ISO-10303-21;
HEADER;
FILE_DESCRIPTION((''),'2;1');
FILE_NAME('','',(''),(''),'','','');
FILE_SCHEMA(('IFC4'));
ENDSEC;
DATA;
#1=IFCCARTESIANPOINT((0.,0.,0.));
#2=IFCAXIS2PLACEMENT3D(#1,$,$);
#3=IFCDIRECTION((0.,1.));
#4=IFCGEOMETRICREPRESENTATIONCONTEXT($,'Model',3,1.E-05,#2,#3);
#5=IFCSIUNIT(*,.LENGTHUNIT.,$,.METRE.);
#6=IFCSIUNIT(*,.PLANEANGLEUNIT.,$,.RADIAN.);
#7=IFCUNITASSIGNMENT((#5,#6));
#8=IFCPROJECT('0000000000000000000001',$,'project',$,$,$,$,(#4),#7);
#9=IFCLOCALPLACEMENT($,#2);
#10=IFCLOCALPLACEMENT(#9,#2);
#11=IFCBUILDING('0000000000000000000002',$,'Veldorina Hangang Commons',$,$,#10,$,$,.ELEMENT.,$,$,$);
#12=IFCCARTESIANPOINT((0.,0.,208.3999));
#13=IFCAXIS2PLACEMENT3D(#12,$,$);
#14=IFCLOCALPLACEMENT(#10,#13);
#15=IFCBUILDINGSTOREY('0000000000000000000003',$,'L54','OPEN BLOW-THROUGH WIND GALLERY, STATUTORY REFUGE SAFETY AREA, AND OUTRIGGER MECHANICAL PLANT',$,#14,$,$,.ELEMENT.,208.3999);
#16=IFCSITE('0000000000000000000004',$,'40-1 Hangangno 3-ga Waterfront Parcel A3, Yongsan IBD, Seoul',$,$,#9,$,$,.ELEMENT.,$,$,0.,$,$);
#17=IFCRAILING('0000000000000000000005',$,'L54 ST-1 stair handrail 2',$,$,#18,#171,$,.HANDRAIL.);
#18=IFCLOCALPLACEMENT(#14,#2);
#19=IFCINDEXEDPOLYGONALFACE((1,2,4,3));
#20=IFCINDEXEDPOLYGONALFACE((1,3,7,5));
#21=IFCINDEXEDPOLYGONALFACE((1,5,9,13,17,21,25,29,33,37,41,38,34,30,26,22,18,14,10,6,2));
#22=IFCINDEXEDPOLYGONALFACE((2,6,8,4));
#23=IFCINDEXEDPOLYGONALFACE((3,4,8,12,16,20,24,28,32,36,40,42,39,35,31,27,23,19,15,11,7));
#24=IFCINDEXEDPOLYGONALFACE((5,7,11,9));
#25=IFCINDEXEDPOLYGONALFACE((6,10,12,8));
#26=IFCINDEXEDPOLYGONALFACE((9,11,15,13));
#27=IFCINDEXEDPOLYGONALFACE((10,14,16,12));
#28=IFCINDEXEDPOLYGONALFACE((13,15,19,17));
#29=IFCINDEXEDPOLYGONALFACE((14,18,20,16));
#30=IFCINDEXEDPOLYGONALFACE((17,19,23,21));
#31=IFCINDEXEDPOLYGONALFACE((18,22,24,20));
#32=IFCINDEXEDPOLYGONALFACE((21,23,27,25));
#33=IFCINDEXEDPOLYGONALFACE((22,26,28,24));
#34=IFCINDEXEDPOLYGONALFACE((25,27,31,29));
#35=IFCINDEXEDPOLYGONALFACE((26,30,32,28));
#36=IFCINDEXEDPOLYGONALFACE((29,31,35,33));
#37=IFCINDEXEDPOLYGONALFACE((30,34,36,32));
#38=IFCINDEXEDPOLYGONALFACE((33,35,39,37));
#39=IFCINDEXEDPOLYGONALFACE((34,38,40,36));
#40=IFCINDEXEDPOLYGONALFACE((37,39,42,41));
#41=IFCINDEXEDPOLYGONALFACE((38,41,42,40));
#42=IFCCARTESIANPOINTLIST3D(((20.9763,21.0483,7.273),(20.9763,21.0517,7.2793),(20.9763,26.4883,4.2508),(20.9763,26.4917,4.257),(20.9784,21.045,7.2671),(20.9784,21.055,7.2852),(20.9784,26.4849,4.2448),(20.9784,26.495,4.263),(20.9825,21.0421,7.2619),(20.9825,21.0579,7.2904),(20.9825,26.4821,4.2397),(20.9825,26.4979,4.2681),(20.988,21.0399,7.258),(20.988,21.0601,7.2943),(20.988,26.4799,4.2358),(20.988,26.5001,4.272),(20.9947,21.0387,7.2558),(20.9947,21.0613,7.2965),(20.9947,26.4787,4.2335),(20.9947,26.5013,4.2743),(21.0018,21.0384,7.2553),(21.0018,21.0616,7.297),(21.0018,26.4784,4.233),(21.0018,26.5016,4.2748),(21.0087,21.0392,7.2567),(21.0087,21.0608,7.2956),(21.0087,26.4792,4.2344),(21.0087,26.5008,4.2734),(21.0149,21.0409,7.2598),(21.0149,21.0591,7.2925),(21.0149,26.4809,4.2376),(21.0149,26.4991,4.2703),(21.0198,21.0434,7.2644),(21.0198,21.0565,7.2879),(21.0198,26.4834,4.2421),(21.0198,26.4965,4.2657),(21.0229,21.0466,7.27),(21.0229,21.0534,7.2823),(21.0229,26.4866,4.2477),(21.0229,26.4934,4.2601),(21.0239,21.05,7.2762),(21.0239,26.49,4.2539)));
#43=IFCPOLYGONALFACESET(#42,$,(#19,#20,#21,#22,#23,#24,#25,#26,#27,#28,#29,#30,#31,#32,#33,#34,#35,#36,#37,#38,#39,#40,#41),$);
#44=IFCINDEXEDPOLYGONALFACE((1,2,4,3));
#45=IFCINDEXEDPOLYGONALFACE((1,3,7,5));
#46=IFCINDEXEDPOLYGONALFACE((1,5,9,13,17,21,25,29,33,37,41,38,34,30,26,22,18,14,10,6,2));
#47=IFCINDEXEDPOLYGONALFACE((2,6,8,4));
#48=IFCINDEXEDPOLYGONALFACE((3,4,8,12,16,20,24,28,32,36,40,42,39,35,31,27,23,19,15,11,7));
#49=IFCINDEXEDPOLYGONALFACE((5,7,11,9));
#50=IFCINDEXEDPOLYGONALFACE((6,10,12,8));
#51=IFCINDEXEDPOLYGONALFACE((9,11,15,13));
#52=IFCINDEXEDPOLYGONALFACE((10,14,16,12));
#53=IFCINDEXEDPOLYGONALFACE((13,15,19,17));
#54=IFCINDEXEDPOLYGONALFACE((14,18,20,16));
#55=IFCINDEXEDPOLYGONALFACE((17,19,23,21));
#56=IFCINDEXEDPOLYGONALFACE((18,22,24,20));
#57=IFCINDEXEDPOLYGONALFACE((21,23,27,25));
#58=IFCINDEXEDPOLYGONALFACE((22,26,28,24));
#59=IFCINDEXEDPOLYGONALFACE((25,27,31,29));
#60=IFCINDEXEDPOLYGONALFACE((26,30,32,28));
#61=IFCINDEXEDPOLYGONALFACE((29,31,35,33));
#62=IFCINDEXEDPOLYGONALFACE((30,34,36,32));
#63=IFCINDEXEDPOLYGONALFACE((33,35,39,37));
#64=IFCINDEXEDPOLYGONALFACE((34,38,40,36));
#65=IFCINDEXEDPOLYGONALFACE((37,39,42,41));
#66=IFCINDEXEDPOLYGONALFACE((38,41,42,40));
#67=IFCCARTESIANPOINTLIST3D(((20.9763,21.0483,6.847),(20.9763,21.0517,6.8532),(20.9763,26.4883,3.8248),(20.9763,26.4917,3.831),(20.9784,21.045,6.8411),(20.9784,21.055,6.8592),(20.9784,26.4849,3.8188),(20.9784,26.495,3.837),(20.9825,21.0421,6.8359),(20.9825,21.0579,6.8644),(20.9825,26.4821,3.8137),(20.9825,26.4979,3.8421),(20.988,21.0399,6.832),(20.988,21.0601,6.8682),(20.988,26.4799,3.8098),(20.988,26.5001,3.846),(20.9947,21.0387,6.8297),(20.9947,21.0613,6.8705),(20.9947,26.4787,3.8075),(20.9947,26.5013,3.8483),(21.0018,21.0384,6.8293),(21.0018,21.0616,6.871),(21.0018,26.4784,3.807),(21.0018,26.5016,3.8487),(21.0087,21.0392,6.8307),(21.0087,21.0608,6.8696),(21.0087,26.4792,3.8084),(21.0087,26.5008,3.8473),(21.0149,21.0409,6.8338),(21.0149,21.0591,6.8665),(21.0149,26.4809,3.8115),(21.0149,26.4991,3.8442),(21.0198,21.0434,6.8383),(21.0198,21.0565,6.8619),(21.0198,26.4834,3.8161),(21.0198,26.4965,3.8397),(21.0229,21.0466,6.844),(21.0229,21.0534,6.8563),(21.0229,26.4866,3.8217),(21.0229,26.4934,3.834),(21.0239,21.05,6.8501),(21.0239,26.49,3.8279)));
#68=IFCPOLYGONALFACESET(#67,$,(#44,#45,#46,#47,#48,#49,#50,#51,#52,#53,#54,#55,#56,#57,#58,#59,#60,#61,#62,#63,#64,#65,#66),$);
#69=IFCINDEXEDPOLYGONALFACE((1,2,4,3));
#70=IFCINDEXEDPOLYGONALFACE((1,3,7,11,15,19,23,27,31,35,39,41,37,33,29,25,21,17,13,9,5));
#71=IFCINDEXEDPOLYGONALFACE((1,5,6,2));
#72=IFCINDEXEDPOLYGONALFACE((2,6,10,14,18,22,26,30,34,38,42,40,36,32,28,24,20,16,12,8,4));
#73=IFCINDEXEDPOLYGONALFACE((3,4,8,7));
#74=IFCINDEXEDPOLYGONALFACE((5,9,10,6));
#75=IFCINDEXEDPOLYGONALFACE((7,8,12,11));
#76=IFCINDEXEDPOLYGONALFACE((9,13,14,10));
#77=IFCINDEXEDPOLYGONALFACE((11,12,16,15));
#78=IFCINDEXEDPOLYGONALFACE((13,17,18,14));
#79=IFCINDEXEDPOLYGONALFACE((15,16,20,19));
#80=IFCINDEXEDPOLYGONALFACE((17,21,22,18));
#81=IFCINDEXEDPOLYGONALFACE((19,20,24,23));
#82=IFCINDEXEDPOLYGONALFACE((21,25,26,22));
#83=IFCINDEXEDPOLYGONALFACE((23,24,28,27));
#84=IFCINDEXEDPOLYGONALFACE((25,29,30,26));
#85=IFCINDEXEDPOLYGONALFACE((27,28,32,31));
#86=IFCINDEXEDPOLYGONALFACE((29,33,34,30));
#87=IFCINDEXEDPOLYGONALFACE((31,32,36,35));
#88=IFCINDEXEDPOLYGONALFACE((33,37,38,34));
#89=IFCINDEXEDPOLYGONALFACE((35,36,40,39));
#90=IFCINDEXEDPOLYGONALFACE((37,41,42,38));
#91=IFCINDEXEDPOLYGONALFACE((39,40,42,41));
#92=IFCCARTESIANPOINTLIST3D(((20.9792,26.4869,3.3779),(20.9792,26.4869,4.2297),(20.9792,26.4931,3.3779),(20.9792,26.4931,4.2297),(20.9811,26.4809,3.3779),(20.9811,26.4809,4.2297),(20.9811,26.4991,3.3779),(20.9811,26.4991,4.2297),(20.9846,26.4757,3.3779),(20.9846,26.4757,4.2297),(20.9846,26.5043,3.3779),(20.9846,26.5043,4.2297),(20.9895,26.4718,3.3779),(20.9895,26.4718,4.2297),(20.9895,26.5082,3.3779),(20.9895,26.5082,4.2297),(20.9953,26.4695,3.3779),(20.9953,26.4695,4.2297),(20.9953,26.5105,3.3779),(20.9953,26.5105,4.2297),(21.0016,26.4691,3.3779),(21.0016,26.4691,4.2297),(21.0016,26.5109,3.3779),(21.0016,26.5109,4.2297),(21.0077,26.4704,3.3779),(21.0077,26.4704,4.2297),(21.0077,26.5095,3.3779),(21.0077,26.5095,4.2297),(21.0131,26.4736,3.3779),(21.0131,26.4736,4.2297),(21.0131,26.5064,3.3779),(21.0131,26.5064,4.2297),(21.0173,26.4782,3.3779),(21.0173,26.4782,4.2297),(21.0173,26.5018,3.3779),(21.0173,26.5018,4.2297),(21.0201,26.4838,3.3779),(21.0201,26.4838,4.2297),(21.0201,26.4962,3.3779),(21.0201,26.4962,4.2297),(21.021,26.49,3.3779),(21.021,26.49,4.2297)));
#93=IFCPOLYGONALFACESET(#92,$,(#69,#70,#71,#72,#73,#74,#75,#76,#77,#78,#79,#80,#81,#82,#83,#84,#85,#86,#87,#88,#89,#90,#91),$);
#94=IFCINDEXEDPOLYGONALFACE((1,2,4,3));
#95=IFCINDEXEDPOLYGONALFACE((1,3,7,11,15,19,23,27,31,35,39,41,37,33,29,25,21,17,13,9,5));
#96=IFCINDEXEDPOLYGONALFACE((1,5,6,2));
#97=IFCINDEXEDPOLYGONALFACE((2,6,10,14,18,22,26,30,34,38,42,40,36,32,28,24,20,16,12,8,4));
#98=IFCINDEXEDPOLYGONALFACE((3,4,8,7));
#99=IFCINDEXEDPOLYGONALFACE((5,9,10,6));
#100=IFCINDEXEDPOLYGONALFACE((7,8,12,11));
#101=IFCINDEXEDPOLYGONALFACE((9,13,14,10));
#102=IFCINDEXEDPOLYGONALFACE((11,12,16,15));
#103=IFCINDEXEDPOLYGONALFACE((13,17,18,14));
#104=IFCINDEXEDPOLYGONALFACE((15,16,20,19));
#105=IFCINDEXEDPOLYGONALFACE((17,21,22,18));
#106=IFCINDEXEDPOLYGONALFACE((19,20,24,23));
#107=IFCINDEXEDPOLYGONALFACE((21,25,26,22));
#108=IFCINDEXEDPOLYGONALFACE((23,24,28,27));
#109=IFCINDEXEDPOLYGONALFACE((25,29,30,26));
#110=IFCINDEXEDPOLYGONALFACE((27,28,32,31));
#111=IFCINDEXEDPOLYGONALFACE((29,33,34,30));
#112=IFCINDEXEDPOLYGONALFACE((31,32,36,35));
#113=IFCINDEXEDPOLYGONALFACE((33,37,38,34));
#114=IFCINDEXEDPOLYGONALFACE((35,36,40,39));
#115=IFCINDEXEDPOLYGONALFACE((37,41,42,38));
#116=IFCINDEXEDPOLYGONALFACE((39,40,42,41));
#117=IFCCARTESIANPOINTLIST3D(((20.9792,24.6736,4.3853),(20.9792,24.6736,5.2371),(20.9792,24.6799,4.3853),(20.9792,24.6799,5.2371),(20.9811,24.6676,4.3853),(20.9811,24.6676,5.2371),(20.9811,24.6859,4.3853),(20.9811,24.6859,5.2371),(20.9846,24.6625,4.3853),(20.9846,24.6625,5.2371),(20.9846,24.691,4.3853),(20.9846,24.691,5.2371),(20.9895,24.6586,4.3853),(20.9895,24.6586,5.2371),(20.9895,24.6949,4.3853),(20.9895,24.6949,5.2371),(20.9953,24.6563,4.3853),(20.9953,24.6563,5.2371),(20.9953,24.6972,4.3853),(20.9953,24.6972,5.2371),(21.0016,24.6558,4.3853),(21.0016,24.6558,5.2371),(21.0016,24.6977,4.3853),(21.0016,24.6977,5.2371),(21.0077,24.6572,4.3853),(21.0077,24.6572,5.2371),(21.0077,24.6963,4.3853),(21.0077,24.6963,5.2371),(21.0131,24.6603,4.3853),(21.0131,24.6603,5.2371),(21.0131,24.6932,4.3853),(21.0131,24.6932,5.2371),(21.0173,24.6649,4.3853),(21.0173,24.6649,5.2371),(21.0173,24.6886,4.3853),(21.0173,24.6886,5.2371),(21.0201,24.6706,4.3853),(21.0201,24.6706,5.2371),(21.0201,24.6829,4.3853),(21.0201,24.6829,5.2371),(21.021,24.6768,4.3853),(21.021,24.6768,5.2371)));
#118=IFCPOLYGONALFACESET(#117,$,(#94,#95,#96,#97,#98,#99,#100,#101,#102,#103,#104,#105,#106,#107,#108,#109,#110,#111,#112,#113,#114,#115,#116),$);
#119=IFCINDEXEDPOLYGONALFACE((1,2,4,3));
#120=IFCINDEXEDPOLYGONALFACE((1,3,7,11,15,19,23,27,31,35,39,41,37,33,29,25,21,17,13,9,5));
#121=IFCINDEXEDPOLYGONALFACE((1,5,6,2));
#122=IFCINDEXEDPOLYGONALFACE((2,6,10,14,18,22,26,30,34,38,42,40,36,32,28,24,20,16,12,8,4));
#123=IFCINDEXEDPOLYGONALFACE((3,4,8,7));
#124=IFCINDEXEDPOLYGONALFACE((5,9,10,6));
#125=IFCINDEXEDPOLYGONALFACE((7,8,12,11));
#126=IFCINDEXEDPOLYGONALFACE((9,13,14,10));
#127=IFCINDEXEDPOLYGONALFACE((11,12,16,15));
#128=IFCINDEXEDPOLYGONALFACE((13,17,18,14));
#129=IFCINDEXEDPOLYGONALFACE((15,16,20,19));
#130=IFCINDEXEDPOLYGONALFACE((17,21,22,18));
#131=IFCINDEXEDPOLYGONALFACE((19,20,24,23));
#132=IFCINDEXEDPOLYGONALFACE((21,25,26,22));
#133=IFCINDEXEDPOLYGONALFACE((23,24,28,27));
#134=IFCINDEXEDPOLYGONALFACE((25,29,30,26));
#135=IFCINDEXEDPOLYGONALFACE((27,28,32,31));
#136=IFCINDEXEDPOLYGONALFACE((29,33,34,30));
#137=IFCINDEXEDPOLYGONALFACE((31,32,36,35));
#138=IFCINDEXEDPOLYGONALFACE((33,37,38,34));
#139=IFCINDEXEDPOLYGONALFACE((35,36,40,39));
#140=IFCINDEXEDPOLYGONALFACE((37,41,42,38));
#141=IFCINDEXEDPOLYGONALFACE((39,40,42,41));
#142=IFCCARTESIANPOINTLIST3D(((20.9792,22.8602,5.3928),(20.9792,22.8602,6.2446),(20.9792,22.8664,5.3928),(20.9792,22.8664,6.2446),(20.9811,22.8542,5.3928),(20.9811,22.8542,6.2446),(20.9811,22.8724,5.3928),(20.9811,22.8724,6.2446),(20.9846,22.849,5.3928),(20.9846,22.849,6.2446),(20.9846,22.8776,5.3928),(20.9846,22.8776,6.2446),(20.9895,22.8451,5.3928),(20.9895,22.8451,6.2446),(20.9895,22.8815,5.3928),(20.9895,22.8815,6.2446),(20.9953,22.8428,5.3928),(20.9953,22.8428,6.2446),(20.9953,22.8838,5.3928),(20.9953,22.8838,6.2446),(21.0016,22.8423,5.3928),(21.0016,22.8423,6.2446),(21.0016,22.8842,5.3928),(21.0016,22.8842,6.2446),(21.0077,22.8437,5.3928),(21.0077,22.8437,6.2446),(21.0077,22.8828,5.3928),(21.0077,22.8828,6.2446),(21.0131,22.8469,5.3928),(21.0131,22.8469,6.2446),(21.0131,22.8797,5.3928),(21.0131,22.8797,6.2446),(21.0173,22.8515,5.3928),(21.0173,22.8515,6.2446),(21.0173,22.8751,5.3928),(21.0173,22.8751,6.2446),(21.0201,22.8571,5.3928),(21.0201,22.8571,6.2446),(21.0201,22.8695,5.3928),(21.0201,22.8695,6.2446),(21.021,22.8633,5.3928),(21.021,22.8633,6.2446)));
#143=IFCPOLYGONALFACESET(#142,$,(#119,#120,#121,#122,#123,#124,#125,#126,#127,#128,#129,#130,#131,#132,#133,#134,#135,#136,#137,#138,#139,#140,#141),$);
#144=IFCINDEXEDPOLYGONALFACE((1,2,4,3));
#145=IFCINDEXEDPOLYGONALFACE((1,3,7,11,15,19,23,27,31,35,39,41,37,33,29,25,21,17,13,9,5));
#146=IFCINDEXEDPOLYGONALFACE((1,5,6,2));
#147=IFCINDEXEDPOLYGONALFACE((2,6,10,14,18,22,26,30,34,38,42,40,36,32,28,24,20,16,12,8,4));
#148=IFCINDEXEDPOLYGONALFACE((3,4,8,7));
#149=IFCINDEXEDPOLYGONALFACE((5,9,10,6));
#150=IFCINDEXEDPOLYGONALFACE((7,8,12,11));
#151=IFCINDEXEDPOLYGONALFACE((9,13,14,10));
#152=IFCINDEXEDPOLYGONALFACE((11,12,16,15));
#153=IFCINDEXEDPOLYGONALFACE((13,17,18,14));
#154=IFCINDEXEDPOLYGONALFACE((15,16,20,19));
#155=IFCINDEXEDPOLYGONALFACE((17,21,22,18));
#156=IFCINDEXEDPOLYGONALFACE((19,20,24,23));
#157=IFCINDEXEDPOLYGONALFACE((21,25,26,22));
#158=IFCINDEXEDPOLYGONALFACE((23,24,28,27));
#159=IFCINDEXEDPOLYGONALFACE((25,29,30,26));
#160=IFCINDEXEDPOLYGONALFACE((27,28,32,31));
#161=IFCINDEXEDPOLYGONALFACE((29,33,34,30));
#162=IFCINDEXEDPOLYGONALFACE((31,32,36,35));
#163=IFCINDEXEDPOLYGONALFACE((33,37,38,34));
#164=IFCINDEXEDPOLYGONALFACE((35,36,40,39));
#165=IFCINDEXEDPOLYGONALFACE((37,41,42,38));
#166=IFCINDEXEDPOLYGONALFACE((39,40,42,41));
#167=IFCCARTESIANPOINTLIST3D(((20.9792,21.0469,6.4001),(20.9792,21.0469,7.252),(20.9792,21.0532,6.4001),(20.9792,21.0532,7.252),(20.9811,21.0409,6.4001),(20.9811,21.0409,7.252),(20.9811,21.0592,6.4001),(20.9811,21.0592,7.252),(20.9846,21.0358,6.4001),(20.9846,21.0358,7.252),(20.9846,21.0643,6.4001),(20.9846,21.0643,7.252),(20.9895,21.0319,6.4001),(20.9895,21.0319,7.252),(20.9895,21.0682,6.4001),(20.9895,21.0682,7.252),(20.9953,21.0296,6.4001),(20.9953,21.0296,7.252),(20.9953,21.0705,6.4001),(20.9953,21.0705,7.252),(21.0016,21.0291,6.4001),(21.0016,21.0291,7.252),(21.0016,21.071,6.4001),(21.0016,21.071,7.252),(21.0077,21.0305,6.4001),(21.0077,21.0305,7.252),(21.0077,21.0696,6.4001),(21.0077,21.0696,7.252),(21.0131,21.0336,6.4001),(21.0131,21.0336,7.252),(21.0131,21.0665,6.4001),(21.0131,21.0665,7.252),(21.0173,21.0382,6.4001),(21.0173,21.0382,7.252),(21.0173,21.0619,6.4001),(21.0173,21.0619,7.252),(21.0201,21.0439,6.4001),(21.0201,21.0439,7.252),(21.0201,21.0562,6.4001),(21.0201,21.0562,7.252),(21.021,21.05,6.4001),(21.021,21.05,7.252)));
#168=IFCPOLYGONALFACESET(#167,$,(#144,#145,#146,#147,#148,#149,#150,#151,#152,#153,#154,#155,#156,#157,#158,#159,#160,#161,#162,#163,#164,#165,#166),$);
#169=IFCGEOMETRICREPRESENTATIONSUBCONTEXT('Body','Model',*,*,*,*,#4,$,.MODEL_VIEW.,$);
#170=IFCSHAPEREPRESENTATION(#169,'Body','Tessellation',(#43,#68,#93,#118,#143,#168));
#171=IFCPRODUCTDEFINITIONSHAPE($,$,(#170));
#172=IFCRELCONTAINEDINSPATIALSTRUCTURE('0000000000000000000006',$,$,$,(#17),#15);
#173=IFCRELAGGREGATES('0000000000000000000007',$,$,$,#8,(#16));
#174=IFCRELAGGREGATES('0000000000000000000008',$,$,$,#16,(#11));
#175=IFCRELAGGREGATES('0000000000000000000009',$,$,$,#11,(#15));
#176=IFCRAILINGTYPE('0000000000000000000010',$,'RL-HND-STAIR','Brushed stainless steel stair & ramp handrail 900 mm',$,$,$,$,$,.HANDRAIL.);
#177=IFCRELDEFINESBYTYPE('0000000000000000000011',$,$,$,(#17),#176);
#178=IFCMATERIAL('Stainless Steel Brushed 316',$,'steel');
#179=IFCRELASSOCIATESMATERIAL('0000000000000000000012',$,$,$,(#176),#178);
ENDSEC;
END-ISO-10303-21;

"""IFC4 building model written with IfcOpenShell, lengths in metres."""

from ifc_helpers import new_model, si_unit, direction, frame, origin, origin_2d, place, context, subcontext, project, spatial, circle, extrude, material, type_object, element, save


model = new_model("IFC4")

# Units and contexts
model_context = context("Model", 3, precision=1e-05, world=origin(), true_north=direction((0.0, 1.0)))
body_context = subcontext(model_context, "Body", "Model", "MODEL_VIEW")
ifc_project = project(units=[si_unit("LENGTHUNIT", "METRE"), si_unit("PLANEANGLEUNIT", "RADIAN")], contexts=[model_context])

# Site, building, storey
site_placement = place(None, origin())
site = spatial("IfcSite", under=ifc_project, at=site_placement, Name="40-1 Hangangno 3-ga Waterfront Parcel A3, Yongsan IBD, Seoul", CompositionType="ELEMENT", RefElevation=0.0)
building_placement = place(site_placement, origin())
building = spatial("IfcBuilding", under=site, at=building_placement, Name="Veldorina Hangang Commons", CompositionType="ELEMENT")
storey_placement = place(building_placement, frame((0.0, 0.0, 208.3999)))
storey = spatial("IfcBuildingStorey", under=building, at=storey_placement, Name="L54", Description="OPEN BLOW-THROUGH WIND GALLERY, STATUTORY REFUGE SAFETY AREA, AND OUTRIGGER MECHANICAL PLANT", CompositionType="ELEMENT", Elevation=208.3999)

# Railing
ifc_material_1 = material(Name="Stainless Steel Brushed 316", Category="steel")
railing_type_1 = type_object("IfcRailingType", Name="RL-HND-STAIR", Description="Brushed stainless steel stair & ramp handrail 900 mm", PredefinedType="HANDRAIL", material=ifc_material_1)
railing_1_placement = place(storey_placement, frame((21.0, 26.49, 3.3779)))
element("IfcRailing", 1, at=railing_1_placement, inside=storey, type_object=railing_type_1, Name="L54 ST-1 stair handrail 2", PredefinedType="HANDRAIL", context=body_context, shape_type="SweptSolid", body=[
    extrude(circle(Radius=0.0239, at=origin_2d()), frame((0.0, 0.0, 0.876), z_axis=(0.0, -0.874155, 0.485646), x_axis=(1.0, 0.0, 0.0)), (0.0, 0.0, 1.0), 6.2231),
    extrude(circle(Radius=0.0239, at=origin_2d()), frame((0.0, 0.0, 0.45), z_axis=(0.0, -0.874155, 0.485646), x_axis=(1.0, 0.0, 0.0)), (0.0, 0.0, 1.0), 6.2231),
    extrude(circle(Radius=0.021, at=origin_2d()), origin(), (0.0, 0.0, 1.0), 0.8518),
    extrude(circle(Radius=0.021, at=origin_2d()), frame((0.0, -1.8132, 1.0073)), (0.0, 0.0, 1.0), 0.8518),
    extrude(circle(Radius=0.021, at=origin_2d()), frame((0.0, -3.6267, 2.0149)), (0.0, 0.0, 1.0), 0.8518),
    extrude(circle(Radius=0.021, at=origin_2d()), frame((0.0, -5.4399, 3.0222)), (0.0, 0.0, 1.0), 0.8518),
])

save(model, "model.ifc")
